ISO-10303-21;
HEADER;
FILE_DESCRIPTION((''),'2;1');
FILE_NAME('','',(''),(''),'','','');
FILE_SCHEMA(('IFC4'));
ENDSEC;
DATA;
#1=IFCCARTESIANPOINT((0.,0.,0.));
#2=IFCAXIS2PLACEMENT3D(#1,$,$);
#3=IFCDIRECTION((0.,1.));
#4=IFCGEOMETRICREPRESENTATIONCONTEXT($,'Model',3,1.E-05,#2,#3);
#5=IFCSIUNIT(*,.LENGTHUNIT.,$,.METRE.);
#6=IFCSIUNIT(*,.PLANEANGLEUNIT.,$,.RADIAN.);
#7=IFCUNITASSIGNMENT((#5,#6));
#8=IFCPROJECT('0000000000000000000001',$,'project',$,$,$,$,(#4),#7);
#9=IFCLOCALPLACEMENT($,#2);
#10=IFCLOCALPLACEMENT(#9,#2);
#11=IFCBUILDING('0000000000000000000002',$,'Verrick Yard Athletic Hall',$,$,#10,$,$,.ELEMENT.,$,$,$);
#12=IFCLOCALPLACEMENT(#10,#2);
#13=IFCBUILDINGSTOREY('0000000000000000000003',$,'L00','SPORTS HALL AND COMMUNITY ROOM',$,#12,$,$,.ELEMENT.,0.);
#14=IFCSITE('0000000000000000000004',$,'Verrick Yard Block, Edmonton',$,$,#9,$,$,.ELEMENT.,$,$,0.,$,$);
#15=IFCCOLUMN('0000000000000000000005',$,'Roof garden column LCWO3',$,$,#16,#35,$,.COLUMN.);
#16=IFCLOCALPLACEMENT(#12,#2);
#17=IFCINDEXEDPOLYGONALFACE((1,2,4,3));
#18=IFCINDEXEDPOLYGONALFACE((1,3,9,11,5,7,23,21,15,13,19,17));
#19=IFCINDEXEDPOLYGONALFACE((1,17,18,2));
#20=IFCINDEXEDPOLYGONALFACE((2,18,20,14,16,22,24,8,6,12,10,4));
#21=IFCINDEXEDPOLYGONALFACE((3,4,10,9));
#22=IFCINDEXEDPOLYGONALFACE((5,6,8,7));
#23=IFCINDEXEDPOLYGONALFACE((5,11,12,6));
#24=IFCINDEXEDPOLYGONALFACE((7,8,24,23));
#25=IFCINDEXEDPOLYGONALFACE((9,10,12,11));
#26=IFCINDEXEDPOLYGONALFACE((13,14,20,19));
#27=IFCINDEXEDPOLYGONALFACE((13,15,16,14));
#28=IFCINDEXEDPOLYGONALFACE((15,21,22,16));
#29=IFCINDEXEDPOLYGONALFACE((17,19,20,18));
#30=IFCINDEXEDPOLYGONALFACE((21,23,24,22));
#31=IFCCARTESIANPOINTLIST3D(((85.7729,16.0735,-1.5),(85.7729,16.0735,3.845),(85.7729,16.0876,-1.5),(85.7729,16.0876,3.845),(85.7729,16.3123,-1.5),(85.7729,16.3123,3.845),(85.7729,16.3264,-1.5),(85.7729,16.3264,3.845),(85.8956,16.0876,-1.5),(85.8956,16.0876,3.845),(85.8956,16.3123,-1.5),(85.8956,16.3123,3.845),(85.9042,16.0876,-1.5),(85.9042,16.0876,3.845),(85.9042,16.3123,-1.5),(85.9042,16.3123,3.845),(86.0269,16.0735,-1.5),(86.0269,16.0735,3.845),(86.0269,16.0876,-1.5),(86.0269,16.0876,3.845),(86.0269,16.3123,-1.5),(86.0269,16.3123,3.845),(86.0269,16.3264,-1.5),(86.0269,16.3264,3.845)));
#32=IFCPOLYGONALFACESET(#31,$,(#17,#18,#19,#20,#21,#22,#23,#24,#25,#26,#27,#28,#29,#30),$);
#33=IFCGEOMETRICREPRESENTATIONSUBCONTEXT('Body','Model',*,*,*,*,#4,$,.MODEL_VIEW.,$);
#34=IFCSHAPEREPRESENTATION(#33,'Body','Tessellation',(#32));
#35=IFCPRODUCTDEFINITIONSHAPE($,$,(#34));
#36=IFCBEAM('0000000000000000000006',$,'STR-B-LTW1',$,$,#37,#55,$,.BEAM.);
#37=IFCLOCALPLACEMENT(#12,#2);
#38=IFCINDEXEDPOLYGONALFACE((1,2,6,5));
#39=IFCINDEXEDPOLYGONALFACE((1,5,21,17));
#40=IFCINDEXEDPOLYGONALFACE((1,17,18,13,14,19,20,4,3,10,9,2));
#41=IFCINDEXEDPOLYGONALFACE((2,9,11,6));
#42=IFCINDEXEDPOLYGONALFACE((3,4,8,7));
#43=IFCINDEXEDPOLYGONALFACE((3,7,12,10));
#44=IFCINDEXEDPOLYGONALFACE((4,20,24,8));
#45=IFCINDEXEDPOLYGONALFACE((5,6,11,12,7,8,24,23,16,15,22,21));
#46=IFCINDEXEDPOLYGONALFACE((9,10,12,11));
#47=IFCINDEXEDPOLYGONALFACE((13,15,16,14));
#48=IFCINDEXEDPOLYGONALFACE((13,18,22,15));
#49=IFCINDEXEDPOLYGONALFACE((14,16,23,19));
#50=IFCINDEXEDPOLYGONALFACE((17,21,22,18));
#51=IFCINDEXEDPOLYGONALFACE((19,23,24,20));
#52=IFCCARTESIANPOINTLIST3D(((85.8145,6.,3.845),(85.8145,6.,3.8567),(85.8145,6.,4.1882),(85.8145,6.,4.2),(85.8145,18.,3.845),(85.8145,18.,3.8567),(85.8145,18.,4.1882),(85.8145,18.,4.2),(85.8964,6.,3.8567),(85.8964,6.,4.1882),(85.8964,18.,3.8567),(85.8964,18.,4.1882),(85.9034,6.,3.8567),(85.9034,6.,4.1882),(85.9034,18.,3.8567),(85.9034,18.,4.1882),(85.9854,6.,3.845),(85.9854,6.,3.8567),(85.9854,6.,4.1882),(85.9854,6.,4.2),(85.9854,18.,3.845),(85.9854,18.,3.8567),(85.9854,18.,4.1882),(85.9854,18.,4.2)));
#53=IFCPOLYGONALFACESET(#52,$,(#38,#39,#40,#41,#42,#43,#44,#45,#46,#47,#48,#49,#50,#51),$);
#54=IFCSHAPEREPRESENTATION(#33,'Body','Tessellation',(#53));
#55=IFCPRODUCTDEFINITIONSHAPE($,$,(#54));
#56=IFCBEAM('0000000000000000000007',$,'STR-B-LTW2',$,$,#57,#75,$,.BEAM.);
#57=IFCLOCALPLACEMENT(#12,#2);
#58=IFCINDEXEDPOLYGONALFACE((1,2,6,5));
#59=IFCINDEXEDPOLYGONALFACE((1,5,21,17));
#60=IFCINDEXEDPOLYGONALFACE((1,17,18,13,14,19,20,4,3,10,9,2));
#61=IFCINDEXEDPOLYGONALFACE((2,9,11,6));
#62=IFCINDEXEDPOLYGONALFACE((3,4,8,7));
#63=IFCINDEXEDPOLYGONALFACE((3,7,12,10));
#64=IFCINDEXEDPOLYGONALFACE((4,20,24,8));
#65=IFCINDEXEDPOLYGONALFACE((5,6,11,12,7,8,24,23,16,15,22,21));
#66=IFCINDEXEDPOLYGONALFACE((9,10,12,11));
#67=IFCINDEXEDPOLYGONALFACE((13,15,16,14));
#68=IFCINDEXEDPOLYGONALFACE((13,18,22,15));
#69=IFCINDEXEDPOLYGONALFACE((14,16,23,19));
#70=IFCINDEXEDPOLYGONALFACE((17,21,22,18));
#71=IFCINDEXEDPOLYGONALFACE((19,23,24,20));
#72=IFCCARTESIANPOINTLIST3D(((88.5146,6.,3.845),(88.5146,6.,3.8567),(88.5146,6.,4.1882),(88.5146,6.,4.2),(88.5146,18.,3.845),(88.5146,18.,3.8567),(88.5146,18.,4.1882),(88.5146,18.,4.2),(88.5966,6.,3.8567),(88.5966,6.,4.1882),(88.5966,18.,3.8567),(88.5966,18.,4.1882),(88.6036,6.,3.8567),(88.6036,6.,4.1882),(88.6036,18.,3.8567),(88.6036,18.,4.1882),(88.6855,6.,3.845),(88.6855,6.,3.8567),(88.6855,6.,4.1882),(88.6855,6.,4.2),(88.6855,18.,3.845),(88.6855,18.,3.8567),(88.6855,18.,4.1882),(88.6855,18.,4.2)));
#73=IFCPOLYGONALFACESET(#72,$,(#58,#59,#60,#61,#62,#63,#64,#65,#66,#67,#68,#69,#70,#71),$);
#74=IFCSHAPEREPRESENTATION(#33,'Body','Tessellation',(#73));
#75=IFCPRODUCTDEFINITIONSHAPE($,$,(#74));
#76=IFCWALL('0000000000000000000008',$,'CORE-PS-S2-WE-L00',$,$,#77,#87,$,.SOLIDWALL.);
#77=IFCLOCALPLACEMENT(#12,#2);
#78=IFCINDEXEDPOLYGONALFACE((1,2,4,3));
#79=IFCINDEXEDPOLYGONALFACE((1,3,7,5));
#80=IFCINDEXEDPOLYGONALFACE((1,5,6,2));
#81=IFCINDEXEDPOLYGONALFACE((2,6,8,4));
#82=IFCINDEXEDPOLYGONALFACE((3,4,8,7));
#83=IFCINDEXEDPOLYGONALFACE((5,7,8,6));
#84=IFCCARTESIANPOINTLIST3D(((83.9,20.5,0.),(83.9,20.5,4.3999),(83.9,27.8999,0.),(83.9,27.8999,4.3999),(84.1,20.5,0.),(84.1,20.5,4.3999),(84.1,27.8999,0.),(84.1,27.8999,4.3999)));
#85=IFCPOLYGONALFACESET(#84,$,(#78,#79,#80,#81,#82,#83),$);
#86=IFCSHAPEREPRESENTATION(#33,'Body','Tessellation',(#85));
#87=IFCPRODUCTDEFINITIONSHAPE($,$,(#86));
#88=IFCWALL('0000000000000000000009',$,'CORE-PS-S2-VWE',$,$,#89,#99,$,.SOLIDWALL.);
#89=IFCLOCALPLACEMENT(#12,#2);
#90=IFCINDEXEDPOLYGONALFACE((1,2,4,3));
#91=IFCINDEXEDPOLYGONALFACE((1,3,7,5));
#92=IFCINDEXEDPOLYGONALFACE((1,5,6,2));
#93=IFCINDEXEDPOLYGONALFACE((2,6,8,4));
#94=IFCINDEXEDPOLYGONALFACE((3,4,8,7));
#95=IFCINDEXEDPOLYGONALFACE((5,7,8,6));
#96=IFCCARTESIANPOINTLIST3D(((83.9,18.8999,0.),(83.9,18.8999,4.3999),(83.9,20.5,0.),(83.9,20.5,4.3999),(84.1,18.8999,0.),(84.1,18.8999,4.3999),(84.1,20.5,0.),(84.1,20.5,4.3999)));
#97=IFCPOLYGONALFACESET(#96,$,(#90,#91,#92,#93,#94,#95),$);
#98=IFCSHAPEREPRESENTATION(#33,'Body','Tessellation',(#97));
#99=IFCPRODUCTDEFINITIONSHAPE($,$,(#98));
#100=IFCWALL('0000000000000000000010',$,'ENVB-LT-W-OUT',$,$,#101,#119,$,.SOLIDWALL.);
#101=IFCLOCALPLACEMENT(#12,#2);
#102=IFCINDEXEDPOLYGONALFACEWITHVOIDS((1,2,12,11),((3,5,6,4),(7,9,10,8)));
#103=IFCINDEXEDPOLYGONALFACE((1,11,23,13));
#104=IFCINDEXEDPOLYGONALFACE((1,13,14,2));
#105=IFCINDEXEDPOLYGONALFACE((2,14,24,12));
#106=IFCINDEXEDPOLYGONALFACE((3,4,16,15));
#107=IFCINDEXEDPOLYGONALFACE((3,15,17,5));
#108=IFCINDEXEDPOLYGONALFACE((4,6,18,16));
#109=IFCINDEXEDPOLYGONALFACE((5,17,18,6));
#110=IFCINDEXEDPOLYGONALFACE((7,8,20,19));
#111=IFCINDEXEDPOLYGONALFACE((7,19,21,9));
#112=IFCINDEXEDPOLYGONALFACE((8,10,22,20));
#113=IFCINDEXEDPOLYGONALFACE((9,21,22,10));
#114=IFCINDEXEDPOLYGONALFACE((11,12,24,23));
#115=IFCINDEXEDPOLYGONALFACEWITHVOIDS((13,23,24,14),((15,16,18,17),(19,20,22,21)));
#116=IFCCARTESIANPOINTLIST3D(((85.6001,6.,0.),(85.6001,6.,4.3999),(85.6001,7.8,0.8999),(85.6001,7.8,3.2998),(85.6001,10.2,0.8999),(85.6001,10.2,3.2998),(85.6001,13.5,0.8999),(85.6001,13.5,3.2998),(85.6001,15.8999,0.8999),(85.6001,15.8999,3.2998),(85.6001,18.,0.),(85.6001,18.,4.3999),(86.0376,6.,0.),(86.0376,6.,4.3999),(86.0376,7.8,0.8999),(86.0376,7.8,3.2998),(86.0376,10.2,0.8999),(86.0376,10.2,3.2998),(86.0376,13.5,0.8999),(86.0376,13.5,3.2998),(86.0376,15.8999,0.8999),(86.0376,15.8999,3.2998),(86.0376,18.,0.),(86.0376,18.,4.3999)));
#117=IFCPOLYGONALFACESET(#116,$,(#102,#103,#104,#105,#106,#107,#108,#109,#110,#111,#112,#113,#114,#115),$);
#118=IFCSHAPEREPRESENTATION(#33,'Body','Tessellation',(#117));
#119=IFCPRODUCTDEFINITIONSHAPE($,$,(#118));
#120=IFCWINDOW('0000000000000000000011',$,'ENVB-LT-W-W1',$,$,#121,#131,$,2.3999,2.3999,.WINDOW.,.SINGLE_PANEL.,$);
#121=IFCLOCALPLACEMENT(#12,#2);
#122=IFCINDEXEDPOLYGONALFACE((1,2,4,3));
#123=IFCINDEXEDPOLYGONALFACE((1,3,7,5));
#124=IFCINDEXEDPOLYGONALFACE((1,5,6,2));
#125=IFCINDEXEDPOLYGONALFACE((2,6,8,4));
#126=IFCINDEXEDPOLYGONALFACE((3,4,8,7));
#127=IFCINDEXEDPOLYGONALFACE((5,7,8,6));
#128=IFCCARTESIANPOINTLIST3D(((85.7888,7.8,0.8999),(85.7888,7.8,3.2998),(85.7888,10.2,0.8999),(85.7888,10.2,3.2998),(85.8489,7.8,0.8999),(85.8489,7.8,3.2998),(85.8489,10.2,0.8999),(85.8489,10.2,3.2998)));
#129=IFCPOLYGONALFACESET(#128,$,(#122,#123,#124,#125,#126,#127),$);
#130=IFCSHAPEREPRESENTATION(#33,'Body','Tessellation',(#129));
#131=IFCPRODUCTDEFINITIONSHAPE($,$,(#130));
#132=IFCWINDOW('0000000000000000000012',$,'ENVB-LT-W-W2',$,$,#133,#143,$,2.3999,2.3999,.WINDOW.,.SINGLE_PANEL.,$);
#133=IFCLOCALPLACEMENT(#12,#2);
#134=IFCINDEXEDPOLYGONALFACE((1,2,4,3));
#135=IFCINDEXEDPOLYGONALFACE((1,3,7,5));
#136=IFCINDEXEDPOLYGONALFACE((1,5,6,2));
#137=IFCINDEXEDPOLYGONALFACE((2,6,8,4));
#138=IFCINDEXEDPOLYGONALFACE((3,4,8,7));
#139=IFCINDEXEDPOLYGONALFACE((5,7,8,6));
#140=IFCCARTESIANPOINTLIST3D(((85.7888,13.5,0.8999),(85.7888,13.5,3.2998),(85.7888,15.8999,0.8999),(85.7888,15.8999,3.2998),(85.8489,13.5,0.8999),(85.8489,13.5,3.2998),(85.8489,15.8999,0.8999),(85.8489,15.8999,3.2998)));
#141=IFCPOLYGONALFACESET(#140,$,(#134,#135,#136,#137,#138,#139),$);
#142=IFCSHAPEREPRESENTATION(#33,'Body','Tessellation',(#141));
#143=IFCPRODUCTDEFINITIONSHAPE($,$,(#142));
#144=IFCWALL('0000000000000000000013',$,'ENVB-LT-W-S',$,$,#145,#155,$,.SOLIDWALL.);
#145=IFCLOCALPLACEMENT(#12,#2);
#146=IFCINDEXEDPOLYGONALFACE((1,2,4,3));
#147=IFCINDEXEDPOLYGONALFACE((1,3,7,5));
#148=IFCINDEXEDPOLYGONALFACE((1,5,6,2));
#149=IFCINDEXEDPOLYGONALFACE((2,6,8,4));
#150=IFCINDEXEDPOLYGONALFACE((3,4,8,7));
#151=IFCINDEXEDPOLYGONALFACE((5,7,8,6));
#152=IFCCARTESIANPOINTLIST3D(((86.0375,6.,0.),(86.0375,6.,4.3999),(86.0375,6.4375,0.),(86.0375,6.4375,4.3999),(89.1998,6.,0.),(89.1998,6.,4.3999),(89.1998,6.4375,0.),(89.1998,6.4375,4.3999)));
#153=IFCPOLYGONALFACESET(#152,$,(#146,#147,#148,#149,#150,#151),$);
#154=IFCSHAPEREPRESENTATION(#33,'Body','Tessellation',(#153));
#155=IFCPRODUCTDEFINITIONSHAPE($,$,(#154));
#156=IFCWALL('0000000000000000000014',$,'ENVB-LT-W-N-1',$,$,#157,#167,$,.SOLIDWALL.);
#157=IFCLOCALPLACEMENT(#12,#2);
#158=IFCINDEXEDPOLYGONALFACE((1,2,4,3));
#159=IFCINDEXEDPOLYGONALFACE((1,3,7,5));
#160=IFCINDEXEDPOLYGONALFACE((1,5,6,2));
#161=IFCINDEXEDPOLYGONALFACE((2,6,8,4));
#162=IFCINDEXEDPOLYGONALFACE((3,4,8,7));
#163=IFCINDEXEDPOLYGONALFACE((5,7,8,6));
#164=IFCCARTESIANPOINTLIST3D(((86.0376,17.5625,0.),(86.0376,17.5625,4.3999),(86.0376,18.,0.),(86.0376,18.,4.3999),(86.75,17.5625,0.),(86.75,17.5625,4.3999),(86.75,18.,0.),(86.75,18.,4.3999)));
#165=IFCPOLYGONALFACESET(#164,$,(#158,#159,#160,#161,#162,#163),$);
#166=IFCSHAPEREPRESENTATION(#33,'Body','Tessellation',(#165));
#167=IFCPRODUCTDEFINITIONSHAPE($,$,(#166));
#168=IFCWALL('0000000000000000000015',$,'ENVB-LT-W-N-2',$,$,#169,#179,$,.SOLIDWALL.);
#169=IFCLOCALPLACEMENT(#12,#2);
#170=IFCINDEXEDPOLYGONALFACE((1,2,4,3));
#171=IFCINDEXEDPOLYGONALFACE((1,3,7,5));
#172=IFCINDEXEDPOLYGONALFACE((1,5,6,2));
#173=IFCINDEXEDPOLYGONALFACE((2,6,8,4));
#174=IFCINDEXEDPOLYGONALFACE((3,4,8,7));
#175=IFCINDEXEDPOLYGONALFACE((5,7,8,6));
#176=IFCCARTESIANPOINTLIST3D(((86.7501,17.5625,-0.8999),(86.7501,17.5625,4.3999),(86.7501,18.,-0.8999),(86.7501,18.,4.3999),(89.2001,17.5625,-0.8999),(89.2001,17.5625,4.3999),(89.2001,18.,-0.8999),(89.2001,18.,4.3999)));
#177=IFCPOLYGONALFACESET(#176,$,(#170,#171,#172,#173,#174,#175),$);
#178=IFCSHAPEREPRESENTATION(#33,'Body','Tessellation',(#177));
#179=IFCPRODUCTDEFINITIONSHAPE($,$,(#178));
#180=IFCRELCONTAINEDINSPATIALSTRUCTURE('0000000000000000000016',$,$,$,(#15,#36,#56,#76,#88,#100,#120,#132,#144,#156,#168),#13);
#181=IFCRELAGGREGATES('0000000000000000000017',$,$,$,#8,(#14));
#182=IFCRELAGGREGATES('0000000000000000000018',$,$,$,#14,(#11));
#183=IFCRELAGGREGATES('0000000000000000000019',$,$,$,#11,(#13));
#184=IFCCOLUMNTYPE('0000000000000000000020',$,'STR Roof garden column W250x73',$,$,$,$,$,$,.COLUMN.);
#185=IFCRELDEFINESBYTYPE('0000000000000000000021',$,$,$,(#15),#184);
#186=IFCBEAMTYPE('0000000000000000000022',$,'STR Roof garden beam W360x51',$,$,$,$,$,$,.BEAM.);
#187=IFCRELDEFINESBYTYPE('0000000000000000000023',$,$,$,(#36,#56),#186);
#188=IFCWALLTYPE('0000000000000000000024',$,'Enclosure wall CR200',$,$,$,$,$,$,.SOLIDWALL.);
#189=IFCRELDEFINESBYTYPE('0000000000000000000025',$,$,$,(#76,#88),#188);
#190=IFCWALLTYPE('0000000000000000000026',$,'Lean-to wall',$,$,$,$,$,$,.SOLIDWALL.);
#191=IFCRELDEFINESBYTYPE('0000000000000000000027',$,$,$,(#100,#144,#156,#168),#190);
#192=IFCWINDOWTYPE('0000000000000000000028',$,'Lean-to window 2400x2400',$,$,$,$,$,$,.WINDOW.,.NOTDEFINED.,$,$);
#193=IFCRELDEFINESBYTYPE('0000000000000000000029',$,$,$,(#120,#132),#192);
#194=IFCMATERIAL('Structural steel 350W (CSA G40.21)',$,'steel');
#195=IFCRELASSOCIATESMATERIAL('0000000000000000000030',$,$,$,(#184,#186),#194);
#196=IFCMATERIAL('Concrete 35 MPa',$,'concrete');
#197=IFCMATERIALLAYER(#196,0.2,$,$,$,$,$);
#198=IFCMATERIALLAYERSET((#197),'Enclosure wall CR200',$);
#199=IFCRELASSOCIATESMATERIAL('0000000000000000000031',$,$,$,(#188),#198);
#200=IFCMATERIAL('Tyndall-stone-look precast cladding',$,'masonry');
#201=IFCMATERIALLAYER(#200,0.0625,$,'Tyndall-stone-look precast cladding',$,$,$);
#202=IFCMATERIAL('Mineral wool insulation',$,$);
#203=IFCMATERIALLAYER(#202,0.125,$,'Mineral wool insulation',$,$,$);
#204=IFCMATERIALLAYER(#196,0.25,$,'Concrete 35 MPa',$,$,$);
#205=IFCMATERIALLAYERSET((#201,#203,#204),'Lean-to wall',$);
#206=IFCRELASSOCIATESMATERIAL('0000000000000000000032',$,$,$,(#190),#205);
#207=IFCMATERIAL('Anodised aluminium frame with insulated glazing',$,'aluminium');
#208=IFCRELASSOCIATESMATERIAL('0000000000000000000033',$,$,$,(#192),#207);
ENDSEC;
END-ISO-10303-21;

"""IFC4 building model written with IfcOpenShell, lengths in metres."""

from ifc_helpers import new_model, si_unit, direction, frame, frame_2d, origin, origin_2d, place, context, subcontext, project, spatial, rectangle, i_section, extrude, material, layer, layer_set, material_profile, profile_set, type_object, element, fill, save


model = new_model("IFC4")

# Units and contexts
model_context = context("Model", 3, precision=1e-05, world=origin(), true_north=direction((0.0, 1.0)))
body_context = subcontext(model_context, "Body", "Model", "MODEL_VIEW")
ifc_project = project(units=[si_unit("LENGTHUNIT", "METRE"), si_unit("PLANEANGLEUNIT", "RADIAN")], contexts=[model_context])

# Site, building, storey
site_placement = place(None, origin())
site = spatial("IfcSite", under=ifc_project, at=site_placement, Name="Verrick Yard Block, Edmonton", CompositionType="ELEMENT", RefElevation=0.0)
building_placement = place(site_placement, origin())
building = spatial("IfcBuilding", under=site, at=building_placement, Name="Verrick Yard Athletic Hall", CompositionType="ELEMENT")
storey_placement = place(building_placement, origin())
storey = spatial("IfcBuildingStorey", under=building, at=storey_placement, Name="L00", Description="SPORTS HALL AND COMMUNITY ROOM", CompositionType="ELEMENT", Elevation=0.0)

# Shared definitions
ifc_material_1 = material(Name="Concrete 35 MPa", Category="concrete")

# Column
ifc_material_2 = material(Name="Structural steel 350W (CSA G40.21)", Category="steel")
ifc_material_profile_1 = material_profile(ifc_material_2, i_section(OverallWidth=0.2539, OverallDepth=0.2529, WebThickness=0.0085, FlangeThickness=0.0142, at=origin_2d()), Name="W250x73")
ifc_profile_set_1 = profile_set([ifc_material_profile_1], Name="Structural steel 350W (CSA G40.21)")
column_type = type_object("IfcColumnType", Name="STR Roof garden column W250x73", PredefinedType="COLUMN", material=ifc_profile_set_1)
for number, where, z_axis, x_axis, name in (
    (1, (85.8999, 16.2, -1.5), (0.0, 0.0, 1.0), (1.0, 0.0, 0.0), "Roof garden column LCWO3"),
):
    element("IfcColumn", number, at=place(storey_placement, frame(where, z_axis=z_axis, x_axis=x_axis)), inside=storey, type_object=column_type, Name=name, PredefinedType="COLUMN", context=body_context, shape_type="SweptSolid", body=[
        extrude(i_section(OverallWidth=0.2539, OverallDepth=0.2529, WebThickness=0.0085, FlangeThickness=0.0142, at=origin_2d()), origin(), (0.0, 0.0, 1.0), 5.345),
    ])

# Beams
ifc_material_profile_2 = material_profile(ifc_material_2, i_section(OverallWidth=0.1709, OverallDepth=0.355, WebThickness=0.0071, FlangeThickness=0.0117, at=origin_2d()), Name="W360x51")
ifc_profile_set_2 = profile_set([ifc_material_profile_2], Name="Structural steel 350W (CSA G40.21)")
beam_type = type_object("IfcBeamType", Name="STR Roof garden beam W360x51", PredefinedType="BEAM", material=ifc_profile_set_2)
for number, where, z_axis, x_axis, name in (
    (2, (85.8999, 6.0, 4.0225), (0.0, 1.0, 0.0), (-1.0, 0.0, 0.0), "STR-B-LTW1"),
    (3, (88.6001, 6.0, 4.0225), (0.0, 1.0, 0.0), (-1.0, 0.0, 0.0), "STR-B-LTW2"),
):
    element("IfcBeam", number, at=place(storey_placement, frame(where, z_axis=z_axis, x_axis=x_axis)), inside=storey, type_object=beam_type, Name=name, PredefinedType="BEAM", context=body_context, shape_type="SweptSolid", body=[
        extrude(i_section(OverallWidth=0.1709, OverallDepth=0.355, WebThickness=0.0071, FlangeThickness=0.0117, at=origin_2d()), origin(), (0.0, 0.0, 1.0), 12.0),
    ])

# Walls
ifc_layer_1 = layer(ifc_material_1, 0.2)
ifc_layer_set_1 = layer_set([ifc_layer_1], Name="Enclosure wall CR200")
wall_type_1 = type_object("IfcWallType", Name="Enclosure wall CR200", PredefinedType="SOLIDWALL", material=ifc_layer_set_1)
wall_1_placement = place(storey_placement, frame((84.0, 20.5, 0.0), z_axis=(0.0, 0.0, 1.0), x_axis=(0.0, 1.0, 0.0)))
element("IfcWall", 4, at=wall_1_placement, inside=storey, type_object=wall_type_1, Name="CORE-PS-S2-WE-L00", PredefinedType="SOLIDWALL", context=body_context, shape_type="SweptSolid", body=[
    extrude(rectangle(XDim=7.3999, YDim=0.2, at=frame_2d((3.7, 0.0))), origin(), (0.0, 0.0, 1.0), 4.3999),
])
wall_2_placement = place(storey_placement, frame((84.0, 18.8999, 0.0), z_axis=(0.0, 0.0, 1.0), x_axis=(0.0, 1.0, 0.0)))
element("IfcWall", 5, at=wall_2_placement, inside=storey, type_object=wall_type_1, Name="CORE-PS-S2-VWE", PredefinedType="SOLIDWALL", context=body_context, shape_type="SweptSolid", body=[
    extrude(rectangle(XDim=1.6001, YDim=0.2, at=frame_2d((0.8, 0.0))), origin(), (0.0, 0.0, 1.0), 4.3999),
])

# Wall, openings, windows
ifc_material_3 = material(Name="Tyndall-stone-look precast cladding", Category="masonry")
ifc_layer_2 = layer(ifc_material_3, 0.0625, Name="Tyndall-stone-look precast cladding")
ifc_material_4 = material(Name="Mineral wool insulation")
ifc_layer_3 = layer(ifc_material_4, 0.125, Name="Mineral wool insulation")
ifc_layer_4 = layer(ifc_material_1, 0.25, Name="Concrete 35 MPa")
ifc_layer_set_2 = layer_set([ifc_layer_2, ifc_layer_3, ifc_layer_4], Name="Lean-to wall")
wall_type_2 = type_object("IfcWallType", Name="Lean-to wall", PredefinedType="SOLIDWALL", material=ifc_layer_set_2)
wall_3_placement = place(storey_placement, frame((85.8188, 6.0, 0.0), z_axis=(0.0, 0.0, 1.0), x_axis=(0.0, 1.0, 0.0)))
wall_3 = element("IfcWall", 6, at=wall_3_placement, inside=storey, type_object=wall_type_2, Name="ENVB-LT-W-OUT", PredefinedType="SOLIDWALL", context=body_context, shape_type="SweptSolid", body=[
    extrude(rectangle(XDim=12.0, YDim=0.4375, at=frame_2d((6.0, 0.0))), origin(), (0.0, 0.0, 1.0), 4.3999),
])
opening_1_placement = place(wall_3_placement, frame((1.8, 0.0, 0.8999)))
opening_1 = element("IfcOpeningElement", 7, at=opening_1_placement, cuts=wall_3, PredefinedType="OPENING", context=body_context, shape_type="SweptSolid", body=[
    extrude(rectangle(XDim=2.3999, YDim=2.3999, at=frame_2d((1.2, 1.2))), frame((0.0, 0.2288, 0.0), z_axis=(0.0, -1.0, 0.0), x_axis=(1.0, 0.0, 0.0)), (0.0, 0.0, 1.0), 0.4575),
])
opening_2_placement = place(wall_3_placement, frame((7.5, 0.0, 0.8999)))
opening_2 = element("IfcOpeningElement", 8, at=opening_2_placement, cuts=wall_3, PredefinedType="OPENING", context=body_context, shape_type="SweptSolid", body=[
    extrude(rectangle(XDim=2.3999, YDim=2.3999, at=frame_2d((1.2, 1.2))), frame((0.0, 0.2288, 0.0), z_axis=(0.0, -1.0, 0.0), x_axis=(1.0, 0.0, 0.0)), (0.0, 0.0, 1.0), 0.4575),
])
ifc_material_5 = material(Name="Anodised aluminium frame with insulated glazing", Category="aluminium")
window_type = type_object("IfcWindowType", Name="Lean-to window 2400x2400", PartitioningType="NOTDEFINED", PredefinedType="WINDOW", material=ifc_material_5)
window_1_placement = place(opening_1_placement, origin())
window_1 = element("IfcWindow", 9, at=window_1_placement, inside=storey, type_object=window_type, Name="ENVB-LT-W-W1", OverallHeight=2.3999, OverallWidth=2.3999, PartitioningType="SINGLE_PANEL", PredefinedType="WINDOW", context=body_context, shape_type="SweptSolid", body=[
    extrude(rectangle(XDim=2.3999, YDim=2.3999, at=frame_2d((1.2, 1.2))), frame((0.0, 0.03, 0.0), z_axis=(0.0, -1.0, 0.0), x_axis=(1.0, 0.0, 0.0)), (0.0, 0.0, 1.0), 0.0601),
])
fill(opening_1, window_1)
window_2_placement = place(opening_2_placement, origin())
window_2 = element("IfcWindow", 10, at=window_2_placement, inside=storey, type_object=window_type, Name="ENVB-LT-W-W2", OverallHeight=2.3999, OverallWidth=2.3999, PartitioningType="SINGLE_PANEL", PredefinedType="WINDOW", context=body_context, shape_type="SweptSolid", body=[
    extrude(rectangle(XDim=2.3999, YDim=2.3999, at=frame_2d((1.2, 1.2))), frame((0.0, 0.03, 0.0), z_axis=(0.0, -1.0, 0.0), x_axis=(1.0, 0.0, 0.0)), (0.0, 0.0, 1.0), 0.0601),
])
fill(opening_2, window_2)

# Walls
wall_4_placement = place(storey_placement, frame((86.0376, 6.2188, 0.0), z_axis=(0.0, 0.0, 1.0), x_axis=(1.0, 0.0, 0.0)))
element("IfcWall", 11, at=wall_4_placement, inside=storey, type_object=wall_type_2, Name="ENVB-LT-W-S", PredefinedType="SOLIDWALL", context=body_context, shape_type="SweptSolid", body=[
    extrude(rectangle(XDim=3.1624, YDim=0.4375, at=frame_2d((1.5811, 0.0))), origin(), (0.0, 0.0, 1.0), 4.3999),
])
wall_5_placement = place(storey_placement, frame((86.0376, 17.7812, 0.0), z_axis=(0.0, 0.0, 1.0), x_axis=(1.0, 0.0, 0.0)))
element("IfcWall", 12, at=wall_5_placement, inside=storey, type_object=wall_type_2, Name="ENVB-LT-W-N-1", PredefinedType="SOLIDWALL", context=body_context, shape_type="SweptSolid", body=[
    extrude(rectangle(XDim=0.7124, YDim=0.4375, at=frame_2d((0.3562, 0.0))), origin(), (0.0, 0.0, 1.0), 4.3999),
])
wall_6_placement = place(storey_placement, frame((86.75, 17.7812, -0.8999), z_axis=(0.0, 0.0, 1.0), x_axis=(1.0, 0.0, 0.0)))
element("IfcWall", 13, at=wall_6_placement, inside=storey, type_object=wall_type_2, Name="ENVB-LT-W-N-2", PredefinedType="SOLIDWALL", context=body_context, shape_type="SweptSolid", body=[
    extrude(rectangle(XDim=2.45, YDim=0.4375, at=frame_2d((1.2251, 0.0))), origin(), (0.0, 0.0, 1.0), 5.2998),
])

save(model, "model.ifc")
